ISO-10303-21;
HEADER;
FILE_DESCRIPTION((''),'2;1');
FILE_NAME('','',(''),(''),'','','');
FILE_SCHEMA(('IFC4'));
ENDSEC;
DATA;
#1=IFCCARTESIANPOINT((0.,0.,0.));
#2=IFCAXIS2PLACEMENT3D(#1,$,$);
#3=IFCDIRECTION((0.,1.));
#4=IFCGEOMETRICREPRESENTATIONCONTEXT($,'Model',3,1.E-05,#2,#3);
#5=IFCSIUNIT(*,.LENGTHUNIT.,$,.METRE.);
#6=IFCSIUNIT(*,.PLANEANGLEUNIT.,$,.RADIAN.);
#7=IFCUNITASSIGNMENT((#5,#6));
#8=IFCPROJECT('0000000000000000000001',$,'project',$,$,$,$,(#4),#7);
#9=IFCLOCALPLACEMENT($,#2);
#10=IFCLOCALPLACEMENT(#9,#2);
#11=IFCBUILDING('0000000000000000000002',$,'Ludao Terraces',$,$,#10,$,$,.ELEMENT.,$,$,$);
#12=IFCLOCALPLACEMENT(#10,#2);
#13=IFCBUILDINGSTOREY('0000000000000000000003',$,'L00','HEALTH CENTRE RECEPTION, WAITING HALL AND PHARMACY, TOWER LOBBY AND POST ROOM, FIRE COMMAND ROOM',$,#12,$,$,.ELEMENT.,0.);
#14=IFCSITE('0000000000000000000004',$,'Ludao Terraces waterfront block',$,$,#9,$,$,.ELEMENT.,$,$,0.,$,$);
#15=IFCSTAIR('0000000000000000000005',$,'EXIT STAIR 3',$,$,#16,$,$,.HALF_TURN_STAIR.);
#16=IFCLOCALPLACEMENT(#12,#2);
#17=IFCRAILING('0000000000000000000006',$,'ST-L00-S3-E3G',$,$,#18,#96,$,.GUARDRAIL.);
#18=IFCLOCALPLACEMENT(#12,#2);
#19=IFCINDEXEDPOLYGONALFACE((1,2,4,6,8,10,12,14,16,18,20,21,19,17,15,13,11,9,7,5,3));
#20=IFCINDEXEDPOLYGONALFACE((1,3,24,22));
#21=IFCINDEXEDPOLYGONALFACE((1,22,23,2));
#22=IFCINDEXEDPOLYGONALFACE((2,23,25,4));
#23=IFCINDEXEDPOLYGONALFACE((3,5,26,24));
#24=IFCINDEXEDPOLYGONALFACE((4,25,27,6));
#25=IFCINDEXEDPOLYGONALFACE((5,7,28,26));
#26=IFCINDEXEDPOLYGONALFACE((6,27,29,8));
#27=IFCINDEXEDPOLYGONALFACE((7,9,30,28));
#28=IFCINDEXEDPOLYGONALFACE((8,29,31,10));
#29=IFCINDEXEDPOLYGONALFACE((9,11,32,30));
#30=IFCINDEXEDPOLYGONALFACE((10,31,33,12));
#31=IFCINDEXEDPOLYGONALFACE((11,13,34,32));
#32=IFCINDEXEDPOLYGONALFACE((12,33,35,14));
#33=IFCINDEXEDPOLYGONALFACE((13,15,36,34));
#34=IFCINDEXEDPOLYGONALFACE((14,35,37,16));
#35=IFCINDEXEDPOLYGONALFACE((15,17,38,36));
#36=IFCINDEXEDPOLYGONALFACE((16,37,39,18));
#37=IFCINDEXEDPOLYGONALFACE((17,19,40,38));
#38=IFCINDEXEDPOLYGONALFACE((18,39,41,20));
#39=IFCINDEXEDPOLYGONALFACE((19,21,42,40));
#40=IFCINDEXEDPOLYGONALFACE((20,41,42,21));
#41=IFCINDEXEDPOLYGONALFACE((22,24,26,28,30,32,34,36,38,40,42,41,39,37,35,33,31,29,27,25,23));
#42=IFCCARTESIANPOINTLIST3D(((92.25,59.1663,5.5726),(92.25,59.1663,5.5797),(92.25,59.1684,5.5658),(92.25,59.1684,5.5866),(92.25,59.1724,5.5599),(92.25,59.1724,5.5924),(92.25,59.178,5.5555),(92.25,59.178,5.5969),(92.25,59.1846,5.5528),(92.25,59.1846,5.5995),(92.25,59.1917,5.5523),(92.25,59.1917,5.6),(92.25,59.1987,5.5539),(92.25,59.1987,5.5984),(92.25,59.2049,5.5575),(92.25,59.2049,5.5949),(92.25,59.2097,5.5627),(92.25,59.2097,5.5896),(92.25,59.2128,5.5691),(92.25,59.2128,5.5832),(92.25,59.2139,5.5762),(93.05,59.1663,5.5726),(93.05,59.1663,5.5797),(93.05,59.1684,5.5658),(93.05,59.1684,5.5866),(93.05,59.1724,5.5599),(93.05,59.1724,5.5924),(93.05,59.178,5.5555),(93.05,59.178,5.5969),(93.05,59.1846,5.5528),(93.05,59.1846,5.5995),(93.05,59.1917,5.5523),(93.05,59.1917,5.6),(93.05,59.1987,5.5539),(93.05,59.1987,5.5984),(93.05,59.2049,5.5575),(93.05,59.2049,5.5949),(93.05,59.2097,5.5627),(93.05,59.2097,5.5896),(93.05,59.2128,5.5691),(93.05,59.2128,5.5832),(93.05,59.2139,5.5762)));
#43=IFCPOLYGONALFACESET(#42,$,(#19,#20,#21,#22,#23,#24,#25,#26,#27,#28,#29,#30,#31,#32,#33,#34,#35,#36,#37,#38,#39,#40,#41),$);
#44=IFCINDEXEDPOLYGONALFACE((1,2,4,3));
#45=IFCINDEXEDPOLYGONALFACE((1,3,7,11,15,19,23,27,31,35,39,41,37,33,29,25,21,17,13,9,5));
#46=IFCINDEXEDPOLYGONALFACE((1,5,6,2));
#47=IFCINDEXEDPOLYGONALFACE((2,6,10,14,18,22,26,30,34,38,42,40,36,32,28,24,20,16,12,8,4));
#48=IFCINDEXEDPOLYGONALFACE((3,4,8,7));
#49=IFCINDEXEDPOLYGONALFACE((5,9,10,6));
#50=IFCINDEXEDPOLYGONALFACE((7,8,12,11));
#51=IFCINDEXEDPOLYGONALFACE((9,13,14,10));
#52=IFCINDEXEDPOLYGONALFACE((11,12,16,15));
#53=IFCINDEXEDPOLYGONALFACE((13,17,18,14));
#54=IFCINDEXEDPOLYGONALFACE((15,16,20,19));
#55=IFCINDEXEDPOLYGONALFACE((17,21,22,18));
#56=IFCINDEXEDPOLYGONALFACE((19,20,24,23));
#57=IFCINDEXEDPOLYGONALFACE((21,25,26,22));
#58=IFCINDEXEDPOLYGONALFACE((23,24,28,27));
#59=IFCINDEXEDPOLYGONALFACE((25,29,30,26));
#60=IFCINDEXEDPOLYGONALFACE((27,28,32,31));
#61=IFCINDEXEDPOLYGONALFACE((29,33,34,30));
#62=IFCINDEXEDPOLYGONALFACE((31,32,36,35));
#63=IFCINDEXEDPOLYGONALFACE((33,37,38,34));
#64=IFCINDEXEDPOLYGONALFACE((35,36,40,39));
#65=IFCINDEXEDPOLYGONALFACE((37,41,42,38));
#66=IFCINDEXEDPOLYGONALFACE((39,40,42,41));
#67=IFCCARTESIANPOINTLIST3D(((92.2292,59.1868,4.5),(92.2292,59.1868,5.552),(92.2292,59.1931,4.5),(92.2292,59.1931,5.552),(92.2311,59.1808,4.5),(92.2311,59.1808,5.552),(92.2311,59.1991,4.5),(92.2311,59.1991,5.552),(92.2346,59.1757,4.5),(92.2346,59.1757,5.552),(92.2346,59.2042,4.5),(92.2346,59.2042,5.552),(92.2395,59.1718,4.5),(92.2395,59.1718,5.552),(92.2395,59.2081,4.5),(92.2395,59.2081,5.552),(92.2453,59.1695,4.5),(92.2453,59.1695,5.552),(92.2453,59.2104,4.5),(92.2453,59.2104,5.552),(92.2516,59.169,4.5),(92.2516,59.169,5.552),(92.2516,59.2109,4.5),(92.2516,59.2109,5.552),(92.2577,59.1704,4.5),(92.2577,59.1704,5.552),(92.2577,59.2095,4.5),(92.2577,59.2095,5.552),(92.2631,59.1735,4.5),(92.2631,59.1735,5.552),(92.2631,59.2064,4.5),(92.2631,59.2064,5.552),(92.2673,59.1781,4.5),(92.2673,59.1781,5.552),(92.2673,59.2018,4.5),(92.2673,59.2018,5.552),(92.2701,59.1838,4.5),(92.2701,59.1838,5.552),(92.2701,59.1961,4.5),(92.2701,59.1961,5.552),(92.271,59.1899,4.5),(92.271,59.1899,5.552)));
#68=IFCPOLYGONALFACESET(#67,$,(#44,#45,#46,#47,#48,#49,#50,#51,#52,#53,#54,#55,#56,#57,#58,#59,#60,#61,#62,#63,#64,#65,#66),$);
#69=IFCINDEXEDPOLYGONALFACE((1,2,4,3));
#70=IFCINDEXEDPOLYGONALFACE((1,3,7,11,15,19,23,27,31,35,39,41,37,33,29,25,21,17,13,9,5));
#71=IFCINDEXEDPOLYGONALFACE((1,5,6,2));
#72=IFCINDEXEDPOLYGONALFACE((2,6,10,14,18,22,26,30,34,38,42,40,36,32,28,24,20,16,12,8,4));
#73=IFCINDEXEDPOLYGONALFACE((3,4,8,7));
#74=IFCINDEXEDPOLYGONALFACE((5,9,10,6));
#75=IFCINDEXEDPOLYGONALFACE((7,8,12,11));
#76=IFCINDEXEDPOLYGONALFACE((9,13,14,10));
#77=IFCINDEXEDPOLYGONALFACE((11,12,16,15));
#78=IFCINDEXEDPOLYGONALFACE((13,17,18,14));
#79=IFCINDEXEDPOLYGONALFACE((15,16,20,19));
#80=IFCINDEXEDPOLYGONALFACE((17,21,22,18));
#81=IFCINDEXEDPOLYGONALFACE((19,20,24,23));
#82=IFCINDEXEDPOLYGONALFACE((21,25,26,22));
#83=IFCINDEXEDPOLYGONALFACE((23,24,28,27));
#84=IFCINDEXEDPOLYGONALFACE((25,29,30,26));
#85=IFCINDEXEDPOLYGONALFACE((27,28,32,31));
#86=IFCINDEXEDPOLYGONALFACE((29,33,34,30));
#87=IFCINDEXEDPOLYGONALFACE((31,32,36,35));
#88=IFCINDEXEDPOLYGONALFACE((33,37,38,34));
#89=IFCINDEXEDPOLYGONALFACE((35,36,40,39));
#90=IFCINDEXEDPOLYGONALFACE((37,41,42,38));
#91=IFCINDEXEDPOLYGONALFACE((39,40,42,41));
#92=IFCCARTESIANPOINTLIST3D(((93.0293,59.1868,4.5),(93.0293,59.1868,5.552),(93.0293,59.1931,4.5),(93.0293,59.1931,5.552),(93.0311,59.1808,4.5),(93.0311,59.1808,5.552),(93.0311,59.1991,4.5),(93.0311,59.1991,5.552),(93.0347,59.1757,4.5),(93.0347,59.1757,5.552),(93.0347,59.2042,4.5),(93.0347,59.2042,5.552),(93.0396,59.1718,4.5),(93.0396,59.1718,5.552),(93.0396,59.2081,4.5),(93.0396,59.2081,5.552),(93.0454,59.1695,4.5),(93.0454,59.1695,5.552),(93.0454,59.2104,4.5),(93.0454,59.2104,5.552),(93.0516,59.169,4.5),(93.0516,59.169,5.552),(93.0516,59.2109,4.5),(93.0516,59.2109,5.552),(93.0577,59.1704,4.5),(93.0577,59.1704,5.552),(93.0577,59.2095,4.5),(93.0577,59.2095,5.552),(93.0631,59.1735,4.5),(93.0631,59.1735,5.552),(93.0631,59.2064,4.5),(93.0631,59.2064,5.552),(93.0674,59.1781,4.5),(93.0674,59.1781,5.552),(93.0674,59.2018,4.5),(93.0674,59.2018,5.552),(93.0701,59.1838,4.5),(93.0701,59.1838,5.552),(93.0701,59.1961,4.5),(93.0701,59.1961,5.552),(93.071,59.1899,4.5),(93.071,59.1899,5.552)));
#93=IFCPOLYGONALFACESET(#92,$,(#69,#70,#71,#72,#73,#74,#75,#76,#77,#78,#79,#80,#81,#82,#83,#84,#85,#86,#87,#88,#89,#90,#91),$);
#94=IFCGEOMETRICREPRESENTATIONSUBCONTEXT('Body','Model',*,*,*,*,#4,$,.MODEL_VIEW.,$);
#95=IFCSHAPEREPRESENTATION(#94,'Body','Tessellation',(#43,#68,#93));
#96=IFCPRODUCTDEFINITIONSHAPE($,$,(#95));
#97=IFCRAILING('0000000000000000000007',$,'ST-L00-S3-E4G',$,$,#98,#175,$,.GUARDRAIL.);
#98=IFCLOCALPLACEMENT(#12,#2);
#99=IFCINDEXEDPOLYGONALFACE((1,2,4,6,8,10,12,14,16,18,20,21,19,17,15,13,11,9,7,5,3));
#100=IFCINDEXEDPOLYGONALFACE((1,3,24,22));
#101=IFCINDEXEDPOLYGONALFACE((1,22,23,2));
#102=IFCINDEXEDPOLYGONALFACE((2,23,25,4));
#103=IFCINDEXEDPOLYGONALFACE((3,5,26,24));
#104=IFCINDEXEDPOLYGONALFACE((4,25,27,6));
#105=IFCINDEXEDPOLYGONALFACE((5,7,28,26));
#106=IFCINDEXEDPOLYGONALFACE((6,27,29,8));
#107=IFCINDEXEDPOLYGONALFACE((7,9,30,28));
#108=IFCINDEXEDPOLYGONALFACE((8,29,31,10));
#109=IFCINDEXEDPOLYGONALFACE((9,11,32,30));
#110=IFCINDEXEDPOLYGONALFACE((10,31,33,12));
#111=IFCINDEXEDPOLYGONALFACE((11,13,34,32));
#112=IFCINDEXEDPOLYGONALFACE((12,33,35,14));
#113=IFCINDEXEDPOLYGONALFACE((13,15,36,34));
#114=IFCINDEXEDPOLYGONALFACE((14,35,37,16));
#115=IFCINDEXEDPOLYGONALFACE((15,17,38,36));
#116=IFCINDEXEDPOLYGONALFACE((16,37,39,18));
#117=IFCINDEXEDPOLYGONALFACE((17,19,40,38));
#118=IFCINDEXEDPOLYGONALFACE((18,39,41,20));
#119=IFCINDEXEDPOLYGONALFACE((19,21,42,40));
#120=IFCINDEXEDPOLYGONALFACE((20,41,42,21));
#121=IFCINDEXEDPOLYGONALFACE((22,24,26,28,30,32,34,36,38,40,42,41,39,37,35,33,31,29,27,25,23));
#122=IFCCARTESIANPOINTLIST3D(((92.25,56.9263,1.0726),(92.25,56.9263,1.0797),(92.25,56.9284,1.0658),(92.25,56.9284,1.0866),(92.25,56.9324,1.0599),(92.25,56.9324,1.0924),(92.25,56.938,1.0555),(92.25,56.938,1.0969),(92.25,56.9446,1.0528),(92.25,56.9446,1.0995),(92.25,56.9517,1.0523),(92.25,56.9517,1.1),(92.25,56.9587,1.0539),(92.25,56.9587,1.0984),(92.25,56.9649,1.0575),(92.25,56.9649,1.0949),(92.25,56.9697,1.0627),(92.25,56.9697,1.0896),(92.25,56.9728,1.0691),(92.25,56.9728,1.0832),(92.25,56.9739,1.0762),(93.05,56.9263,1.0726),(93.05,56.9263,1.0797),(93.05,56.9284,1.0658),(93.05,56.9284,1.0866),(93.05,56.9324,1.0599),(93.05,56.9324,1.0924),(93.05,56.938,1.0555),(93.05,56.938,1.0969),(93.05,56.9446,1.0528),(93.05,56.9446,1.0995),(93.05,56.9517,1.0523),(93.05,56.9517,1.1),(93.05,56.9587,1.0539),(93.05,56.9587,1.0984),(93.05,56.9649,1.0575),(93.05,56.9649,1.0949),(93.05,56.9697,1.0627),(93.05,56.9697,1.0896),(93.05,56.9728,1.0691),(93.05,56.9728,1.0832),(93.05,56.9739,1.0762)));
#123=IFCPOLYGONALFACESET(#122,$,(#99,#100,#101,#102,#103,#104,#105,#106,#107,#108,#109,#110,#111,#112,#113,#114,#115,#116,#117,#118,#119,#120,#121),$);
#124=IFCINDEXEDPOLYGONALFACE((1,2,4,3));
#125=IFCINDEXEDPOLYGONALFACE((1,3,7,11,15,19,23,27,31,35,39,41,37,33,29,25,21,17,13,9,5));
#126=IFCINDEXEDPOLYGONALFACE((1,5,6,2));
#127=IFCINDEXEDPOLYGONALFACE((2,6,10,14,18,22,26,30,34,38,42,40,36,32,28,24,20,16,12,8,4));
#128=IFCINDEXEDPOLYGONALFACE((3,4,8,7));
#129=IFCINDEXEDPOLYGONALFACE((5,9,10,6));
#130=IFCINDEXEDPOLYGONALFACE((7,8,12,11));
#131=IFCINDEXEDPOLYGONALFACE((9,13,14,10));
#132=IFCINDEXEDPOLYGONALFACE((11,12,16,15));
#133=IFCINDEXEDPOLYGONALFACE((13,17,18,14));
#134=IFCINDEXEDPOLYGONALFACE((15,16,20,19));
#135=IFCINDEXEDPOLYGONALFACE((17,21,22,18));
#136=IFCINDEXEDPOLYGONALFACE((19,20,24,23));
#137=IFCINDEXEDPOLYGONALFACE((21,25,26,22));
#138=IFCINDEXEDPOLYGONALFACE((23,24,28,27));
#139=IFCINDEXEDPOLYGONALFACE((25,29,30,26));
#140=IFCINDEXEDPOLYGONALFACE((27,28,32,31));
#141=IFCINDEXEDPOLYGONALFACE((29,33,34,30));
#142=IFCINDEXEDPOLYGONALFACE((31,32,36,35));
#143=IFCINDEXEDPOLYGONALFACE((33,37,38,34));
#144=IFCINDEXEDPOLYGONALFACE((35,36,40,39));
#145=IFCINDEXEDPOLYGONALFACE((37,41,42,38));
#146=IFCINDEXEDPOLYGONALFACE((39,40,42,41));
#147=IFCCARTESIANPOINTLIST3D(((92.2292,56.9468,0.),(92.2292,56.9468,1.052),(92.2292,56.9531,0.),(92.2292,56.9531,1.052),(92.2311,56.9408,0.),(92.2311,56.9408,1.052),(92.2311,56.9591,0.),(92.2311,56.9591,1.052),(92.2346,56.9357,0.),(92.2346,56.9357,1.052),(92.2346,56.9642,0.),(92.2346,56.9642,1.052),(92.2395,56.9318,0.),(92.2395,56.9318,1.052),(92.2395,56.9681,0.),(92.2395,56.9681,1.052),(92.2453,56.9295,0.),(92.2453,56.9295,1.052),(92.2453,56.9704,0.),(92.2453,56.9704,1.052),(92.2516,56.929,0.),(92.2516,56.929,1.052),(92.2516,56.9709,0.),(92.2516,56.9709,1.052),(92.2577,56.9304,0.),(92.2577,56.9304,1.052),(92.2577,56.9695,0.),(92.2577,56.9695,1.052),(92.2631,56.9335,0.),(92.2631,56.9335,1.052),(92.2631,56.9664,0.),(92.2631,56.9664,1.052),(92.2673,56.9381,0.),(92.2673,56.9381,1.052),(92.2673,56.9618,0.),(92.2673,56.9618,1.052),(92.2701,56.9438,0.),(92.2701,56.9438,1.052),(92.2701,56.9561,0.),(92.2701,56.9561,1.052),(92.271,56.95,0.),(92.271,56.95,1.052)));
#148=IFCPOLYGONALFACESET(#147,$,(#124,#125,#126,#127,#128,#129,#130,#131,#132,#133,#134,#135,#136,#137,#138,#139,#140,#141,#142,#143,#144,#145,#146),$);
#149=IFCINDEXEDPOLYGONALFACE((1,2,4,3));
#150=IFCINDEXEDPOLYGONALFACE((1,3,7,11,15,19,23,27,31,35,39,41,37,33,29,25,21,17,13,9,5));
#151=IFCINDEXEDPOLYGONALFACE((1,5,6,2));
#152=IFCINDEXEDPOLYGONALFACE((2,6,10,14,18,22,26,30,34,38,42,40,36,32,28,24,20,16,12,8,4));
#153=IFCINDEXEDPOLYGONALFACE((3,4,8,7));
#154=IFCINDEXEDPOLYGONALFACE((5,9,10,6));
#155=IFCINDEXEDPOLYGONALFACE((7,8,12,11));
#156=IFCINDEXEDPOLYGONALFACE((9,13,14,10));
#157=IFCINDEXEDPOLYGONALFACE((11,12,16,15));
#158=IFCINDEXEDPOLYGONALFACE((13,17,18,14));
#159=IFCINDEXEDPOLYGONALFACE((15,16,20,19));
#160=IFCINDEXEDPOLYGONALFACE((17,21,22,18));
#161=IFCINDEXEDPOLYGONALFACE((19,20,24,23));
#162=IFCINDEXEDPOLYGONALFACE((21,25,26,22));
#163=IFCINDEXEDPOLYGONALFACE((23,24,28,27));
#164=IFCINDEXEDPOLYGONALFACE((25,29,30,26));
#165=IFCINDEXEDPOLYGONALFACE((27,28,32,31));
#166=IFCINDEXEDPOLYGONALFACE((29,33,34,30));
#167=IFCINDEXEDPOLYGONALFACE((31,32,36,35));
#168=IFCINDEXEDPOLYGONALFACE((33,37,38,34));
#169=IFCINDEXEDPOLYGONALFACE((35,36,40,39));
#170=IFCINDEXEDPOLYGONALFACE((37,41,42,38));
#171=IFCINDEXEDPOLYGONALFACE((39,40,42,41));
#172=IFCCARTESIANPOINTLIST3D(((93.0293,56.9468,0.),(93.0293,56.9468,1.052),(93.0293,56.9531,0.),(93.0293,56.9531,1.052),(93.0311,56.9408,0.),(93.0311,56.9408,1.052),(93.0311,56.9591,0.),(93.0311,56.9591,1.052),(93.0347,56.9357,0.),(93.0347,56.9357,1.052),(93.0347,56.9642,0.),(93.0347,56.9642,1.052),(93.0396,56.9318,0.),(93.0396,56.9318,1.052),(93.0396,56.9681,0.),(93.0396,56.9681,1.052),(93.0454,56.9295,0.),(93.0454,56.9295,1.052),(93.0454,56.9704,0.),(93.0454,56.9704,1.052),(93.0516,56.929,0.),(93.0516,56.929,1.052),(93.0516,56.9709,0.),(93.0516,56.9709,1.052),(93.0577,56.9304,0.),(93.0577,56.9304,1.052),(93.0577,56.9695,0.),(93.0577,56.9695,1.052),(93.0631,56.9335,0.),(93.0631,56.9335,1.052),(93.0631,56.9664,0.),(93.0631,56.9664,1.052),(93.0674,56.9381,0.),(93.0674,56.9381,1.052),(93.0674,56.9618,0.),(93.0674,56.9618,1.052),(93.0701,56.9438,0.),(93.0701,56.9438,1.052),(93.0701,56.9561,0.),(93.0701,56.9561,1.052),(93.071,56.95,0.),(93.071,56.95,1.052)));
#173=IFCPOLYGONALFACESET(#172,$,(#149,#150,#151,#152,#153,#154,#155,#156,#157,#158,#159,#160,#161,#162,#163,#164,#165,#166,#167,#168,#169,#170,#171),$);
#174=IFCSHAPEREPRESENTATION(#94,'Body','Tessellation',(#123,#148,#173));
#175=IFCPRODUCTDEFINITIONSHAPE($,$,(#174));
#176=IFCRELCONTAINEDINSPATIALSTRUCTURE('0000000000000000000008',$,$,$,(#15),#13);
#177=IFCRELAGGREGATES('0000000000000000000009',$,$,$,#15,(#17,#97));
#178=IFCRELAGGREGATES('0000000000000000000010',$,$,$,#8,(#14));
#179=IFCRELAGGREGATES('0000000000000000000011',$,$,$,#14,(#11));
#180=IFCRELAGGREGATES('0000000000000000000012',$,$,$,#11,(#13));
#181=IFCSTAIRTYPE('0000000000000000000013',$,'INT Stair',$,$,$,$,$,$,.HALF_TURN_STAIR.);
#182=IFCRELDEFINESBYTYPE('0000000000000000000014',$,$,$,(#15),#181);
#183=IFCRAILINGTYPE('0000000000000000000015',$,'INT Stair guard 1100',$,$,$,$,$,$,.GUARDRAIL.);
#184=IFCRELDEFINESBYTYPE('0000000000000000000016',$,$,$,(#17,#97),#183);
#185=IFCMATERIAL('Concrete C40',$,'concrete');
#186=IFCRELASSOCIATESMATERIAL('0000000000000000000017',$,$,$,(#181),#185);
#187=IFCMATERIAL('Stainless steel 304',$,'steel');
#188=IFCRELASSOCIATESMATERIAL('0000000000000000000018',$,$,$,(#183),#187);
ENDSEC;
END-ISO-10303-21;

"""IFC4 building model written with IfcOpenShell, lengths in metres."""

from ifc_helpers import new_model, si_unit, direction, frame, origin, origin_2d, place, context, subcontext, project, spatial, circle, extrude, material, type_object, element, aggregate, save


model = new_model("IFC4")

# Units and contexts
model_context = context("Model", 3, precision=1e-05, world=origin(), true_north=direction((0.0, 1.0)))
body_context = subcontext(model_context, "Body", "Model", "MODEL_VIEW")
ifc_project = project(units=[si_unit("LENGTHUNIT", "METRE"), si_unit("PLANEANGLEUNIT", "RADIAN")], contexts=[model_context])

# Site, building, storey
site_placement = place(None, origin())
site = spatial("IfcSite", under=ifc_project, at=site_placement, Name="Ludao Terraces waterfront block", CompositionType="ELEMENT", RefElevation=0.0)
building_placement = place(site_placement, origin())
building = spatial("IfcBuilding", under=site, at=building_placement, Name="Ludao Terraces", CompositionType="ELEMENT")
storey_placement = place(building_placement, origin())
storey = spatial("IfcBuildingStorey", under=building, at=storey_placement, Name="L00", Description="HEALTH CENTRE RECEPTION, WAITING HALL AND PHARMACY, TOWER LOBBY AND POST ROOM, FIRE COMMAND ROOM", CompositionType="ELEMENT", Elevation=0.0)

# Stair, railings
ifc_material_1 = material(Name="Concrete C40", Category="concrete")
stair_type = type_object("IfcStairType", Name="INT Stair", PredefinedType="HALF_TURN_STAIR", material=ifc_material_1)
stair_placement = place(storey_placement, origin())
stair = element("IfcStair", 1, at=stair_placement, inside=storey, type_object=stair_type, Name="EXIT STAIR 3", PredefinedType="HALF_TURN_STAIR")
ifc_material_2 = material(Name="Stainless steel 304", Category="steel")
railing_type_1 = type_object("IfcRailingType", Name="INT Stair guard 1100", PredefinedType="GUARDRAIL", material=ifc_material_2)
railing_1_placement = place(storey_placement, frame((92.25, 59.1899, 4.5)))
railing_1 = element("IfcRailing", 2, at=railing_1_placement, type_object=railing_type_1, Name="ST-L00-S3-E3G", PredefinedType="GUARDRAIL", context=body_context, shape_type="SweptSolid", body=[
    extrude(circle(Radius=0.0239, at=origin_2d()), frame((0.0, 0.0, 1.0762), z_axis=(1.0, 0.0, 0.0), x_axis=(0.0, 1.0, 0.0)), (0.0, 0.0, 1.0), 0.8),
    extrude(circle(Radius=0.021, at=origin_2d()), origin(), (0.0, 0.0, 1.0), 1.052),
    extrude(circle(Radius=0.021, at=origin_2d()), frame((0.8, 0.0, 0.0)), (0.0, 0.0, 1.0), 1.052),
])
railing_2_placement = place(storey_placement, frame((92.25, 56.95, 0.0)))
railing_2 = element("IfcRailing", 3, at=railing_2_placement, type_object=railing_type_1, Name="ST-L00-S3-E4G", PredefinedType="GUARDRAIL", context=body_context, shape_type="SweptSolid", body=[
    extrude(circle(Radius=0.0239, at=origin_2d()), frame((0.0, 0.0, 1.0762), z_axis=(1.0, 0.0, 0.0), x_axis=(0.0, 1.0, 0.0)), (0.0, 0.0, 1.0), 0.8),
    extrude(circle(Radius=0.021, at=origin_2d()), origin(), (0.0, 0.0, 1.0), 1.052),
    extrude(circle(Radius=0.021, at=origin_2d()), frame((0.8, 0.0, 0.0)), (0.0, 0.0, 1.0), 1.052),
])
aggregate(stair, [railing_1, railing_2])

save(model, "model.ifc")
